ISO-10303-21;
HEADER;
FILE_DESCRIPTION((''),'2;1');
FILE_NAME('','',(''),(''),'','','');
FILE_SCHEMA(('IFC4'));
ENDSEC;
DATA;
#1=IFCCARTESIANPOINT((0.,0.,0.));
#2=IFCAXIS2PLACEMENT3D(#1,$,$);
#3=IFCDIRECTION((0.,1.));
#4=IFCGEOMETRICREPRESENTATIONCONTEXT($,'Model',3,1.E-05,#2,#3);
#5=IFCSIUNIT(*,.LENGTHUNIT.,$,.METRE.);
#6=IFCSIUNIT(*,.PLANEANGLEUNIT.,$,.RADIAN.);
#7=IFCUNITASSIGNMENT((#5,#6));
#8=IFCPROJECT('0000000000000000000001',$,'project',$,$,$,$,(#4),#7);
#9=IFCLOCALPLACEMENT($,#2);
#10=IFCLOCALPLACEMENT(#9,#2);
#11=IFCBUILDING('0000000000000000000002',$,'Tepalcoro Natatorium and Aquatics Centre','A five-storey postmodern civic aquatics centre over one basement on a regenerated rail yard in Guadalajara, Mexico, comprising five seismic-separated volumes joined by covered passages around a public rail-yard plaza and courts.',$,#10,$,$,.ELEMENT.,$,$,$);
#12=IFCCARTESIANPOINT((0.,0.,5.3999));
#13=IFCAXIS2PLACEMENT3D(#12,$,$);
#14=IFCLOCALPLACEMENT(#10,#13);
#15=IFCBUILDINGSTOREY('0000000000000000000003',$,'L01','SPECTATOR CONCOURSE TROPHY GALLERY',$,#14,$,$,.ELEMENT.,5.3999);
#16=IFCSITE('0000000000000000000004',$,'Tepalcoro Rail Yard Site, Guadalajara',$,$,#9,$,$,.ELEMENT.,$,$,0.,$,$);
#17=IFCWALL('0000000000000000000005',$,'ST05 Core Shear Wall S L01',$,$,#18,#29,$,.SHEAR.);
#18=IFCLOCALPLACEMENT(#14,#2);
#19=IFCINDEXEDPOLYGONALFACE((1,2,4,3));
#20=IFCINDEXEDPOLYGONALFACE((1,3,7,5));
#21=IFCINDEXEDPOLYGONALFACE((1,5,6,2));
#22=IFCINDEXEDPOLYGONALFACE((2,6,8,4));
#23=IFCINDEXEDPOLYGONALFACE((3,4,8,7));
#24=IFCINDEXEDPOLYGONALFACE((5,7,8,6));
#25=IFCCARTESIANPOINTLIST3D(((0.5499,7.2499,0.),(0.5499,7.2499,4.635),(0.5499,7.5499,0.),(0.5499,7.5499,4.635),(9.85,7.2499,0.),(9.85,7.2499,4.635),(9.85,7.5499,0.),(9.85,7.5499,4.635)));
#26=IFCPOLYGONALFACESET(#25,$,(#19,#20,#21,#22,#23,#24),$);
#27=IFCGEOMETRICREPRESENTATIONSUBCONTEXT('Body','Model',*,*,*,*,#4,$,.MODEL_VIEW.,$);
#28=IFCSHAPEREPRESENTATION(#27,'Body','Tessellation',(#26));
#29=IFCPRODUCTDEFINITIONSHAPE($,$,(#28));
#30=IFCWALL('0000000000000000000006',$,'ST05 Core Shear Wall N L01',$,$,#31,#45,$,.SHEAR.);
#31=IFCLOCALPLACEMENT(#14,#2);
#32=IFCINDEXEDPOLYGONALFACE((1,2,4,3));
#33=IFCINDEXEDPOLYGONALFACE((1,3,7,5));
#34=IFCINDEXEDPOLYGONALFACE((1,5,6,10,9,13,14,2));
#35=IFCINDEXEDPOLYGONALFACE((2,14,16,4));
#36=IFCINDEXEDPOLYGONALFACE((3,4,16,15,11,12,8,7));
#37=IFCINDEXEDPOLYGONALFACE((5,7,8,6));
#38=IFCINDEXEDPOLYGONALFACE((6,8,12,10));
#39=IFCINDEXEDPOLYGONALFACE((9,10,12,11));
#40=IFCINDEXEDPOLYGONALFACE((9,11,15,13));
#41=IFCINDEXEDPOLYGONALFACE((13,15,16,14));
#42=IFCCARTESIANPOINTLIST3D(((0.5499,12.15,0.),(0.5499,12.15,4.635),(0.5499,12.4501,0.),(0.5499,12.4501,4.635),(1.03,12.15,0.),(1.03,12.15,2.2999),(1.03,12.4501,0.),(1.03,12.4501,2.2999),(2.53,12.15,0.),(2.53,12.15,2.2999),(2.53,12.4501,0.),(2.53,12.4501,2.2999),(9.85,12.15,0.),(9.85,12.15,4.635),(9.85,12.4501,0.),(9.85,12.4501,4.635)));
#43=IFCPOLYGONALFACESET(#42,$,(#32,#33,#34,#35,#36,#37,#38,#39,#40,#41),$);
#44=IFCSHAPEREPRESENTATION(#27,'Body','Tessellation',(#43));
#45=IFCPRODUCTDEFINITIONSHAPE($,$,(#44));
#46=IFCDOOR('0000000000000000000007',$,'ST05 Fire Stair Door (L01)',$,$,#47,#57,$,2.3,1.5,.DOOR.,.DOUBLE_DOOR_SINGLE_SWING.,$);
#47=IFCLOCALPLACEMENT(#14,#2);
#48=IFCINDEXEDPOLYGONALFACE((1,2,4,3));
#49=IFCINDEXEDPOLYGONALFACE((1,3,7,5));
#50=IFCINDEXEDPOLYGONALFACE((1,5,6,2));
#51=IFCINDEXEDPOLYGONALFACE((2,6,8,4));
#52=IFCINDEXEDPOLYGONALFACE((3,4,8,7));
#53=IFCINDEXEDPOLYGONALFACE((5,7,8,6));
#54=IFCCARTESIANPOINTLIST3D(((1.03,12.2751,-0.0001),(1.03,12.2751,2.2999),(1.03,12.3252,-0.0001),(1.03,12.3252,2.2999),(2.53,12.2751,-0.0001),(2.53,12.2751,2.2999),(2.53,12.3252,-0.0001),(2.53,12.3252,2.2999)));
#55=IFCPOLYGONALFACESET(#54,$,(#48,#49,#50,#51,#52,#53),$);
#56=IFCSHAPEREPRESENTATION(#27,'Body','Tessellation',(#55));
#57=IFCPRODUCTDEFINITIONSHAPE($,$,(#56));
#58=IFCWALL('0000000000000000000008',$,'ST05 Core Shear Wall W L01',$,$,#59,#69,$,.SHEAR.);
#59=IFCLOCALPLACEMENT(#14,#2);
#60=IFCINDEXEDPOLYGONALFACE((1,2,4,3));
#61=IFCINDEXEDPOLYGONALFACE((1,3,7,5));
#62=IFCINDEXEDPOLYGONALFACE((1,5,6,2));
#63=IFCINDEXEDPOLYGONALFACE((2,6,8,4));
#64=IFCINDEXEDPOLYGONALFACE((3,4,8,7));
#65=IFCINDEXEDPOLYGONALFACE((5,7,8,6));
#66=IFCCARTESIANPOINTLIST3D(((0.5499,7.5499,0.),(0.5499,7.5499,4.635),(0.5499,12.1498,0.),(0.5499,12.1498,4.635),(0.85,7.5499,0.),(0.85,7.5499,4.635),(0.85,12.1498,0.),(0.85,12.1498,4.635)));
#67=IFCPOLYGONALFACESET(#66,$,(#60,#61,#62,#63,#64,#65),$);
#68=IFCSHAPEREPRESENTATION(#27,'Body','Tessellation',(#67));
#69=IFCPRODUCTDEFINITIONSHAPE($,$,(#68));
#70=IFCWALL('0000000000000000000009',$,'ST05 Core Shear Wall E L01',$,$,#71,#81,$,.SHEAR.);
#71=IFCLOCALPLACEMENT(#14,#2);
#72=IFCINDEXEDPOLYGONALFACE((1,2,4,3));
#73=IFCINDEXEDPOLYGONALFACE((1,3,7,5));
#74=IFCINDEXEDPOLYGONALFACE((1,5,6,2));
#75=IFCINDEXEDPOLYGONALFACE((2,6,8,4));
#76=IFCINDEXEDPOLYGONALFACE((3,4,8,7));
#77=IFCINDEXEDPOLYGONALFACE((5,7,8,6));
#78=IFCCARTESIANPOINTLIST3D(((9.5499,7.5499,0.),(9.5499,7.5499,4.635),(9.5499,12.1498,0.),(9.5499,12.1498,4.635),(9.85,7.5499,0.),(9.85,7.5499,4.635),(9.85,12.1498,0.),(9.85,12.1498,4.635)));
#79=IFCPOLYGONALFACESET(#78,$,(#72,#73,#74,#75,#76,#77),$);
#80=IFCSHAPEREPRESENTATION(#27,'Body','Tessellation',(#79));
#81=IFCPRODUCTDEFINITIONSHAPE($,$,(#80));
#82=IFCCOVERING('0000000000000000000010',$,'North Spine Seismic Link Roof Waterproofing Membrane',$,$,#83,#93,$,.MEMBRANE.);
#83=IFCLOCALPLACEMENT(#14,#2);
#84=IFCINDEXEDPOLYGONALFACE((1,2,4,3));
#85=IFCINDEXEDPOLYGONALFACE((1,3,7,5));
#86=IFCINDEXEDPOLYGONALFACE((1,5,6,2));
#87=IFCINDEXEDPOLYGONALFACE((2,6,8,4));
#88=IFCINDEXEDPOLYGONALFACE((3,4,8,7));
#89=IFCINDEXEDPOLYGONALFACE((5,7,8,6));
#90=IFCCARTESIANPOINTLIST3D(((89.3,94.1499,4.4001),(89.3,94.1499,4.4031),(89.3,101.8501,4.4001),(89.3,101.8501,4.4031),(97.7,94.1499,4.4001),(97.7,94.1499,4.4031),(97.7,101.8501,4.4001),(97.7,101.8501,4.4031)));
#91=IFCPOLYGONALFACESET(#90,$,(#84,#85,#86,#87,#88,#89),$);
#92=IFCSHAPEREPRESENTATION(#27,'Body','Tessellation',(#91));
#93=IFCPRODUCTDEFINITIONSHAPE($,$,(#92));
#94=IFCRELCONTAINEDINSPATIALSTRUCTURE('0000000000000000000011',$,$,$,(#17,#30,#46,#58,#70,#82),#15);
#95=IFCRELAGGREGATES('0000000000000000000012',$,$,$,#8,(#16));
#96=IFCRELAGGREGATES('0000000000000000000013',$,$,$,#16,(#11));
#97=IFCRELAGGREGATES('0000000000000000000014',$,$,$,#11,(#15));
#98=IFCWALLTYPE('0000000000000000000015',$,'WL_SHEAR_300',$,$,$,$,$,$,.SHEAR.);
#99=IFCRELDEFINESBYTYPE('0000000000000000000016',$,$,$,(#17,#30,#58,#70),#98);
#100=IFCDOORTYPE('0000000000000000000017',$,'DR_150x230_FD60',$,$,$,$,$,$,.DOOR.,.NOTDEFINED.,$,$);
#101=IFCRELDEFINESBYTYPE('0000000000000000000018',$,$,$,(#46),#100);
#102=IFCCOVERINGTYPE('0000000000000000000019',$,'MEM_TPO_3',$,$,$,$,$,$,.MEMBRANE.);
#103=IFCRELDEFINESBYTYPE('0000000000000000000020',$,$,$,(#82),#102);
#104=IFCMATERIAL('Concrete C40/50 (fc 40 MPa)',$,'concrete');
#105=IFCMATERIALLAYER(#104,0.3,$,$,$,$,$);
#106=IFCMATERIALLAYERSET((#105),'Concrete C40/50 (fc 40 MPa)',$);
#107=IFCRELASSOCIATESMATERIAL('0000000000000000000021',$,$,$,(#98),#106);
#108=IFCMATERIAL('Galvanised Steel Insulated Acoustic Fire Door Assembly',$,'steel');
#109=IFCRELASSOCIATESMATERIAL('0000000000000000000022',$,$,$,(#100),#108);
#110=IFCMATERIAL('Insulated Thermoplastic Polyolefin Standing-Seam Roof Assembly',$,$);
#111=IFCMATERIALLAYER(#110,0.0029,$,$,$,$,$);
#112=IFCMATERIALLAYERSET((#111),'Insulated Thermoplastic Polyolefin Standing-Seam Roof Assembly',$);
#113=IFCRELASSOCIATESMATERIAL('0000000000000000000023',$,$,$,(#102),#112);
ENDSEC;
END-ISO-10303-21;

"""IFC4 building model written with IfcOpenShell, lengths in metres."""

from ifc_helpers import new_model, si_unit, direction, frame, frame_2d, origin, place, context, subcontext, project, spatial, polyline, rectangle, outline, extrude, material, layer, layer_set, type_object, element, fill, save


model = new_model("IFC4")

# Units and contexts
model_context = context("Model", 3, precision=1e-05, world=origin(), true_north=direction((0.0, 1.0)))
body_context = subcontext(model_context, "Body", "Model", "MODEL_VIEW")
ifc_project = project(units=[si_unit("LENGTHUNIT", "METRE"), si_unit("PLANEANGLEUNIT", "RADIAN")], contexts=[model_context])

# Site, building, storey
site_placement = place(None, origin())
site = spatial("IfcSite", under=ifc_project, at=site_placement, Name="Tepalcoro Rail Yard Site, Guadalajara", CompositionType="ELEMENT", RefElevation=0.0)
building_placement = place(site_placement, origin())
building = spatial("IfcBuilding", under=site, at=building_placement, Name="Tepalcoro Natatorium and Aquatics Centre", Description="A five-storey postmodern civic aquatics centre over one basement on a regenerated rail yard in Guadalajara, Mexico, comprising five seismic-separated volumes joined by covered passages around a public rail-yard plaza and courts.", CompositionType="ELEMENT")
storey_placement = place(building_placement, frame((0.0, 0.0, 5.3999)))
storey = spatial("IfcBuildingStorey", under=building, at=storey_placement, Name="L01", Description="SPECTATOR CONCOURSE TROPHY GALLERY", CompositionType="ELEMENT", Elevation=5.3999)

# Wall
ifc_material_1 = material(Name="Concrete C40/50 (fc 40 MPa)", Category="concrete")
ifc_layer_1 = layer(ifc_material_1, 0.3)
ifc_layer_set_1 = layer_set([ifc_layer_1], Name="Concrete C40/50 (fc 40 MPa)")
wall_type_1 = type_object("IfcWallType", Name="WL_SHEAR_300", PredefinedType="SHEAR", material=ifc_layer_set_1)
wall_1_placement = place(storey_placement, frame((0.55, 7.3999, 0.0), z_axis=(0.0, 0.0, 1.0), x_axis=(1.0, 0.0, 0.0)))
element("IfcWall", 1, at=wall_1_placement, inside=storey, type_object=wall_type_1, Name="ST05 Core Shear Wall S L01", PredefinedType="SHEAR", context=body_context, shape_type="SweptSolid", body=[
    extrude(rectangle(XDim=9.3, YDim=0.3, at=frame_2d((4.6499, 0.0))), origin(), (0.0, 0.0, 1.0), 4.635),
])

# Wall, opening, door
wall_2_placement = place(storey_placement, frame((0.55, 12.3, 0.0), z_axis=(0.0, 0.0, 1.0), x_axis=(1.0, 0.0, 0.0)))
wall_2 = element("IfcWall", 2, at=wall_2_placement, inside=storey, type_object=wall_type_1, Name="ST05 Core Shear Wall N L01", PredefinedType="SHEAR", context=body_context, shape_type="SweptSolid", body=[
    extrude(rectangle(XDim=9.3, YDim=0.3, at=frame_2d((4.6499, 0.0))), origin(), (0.0, 0.0, 1.0), 4.635),
])
opening_1_placement = place(wall_2_placement, frame((0.48, 0.0, 0.0)))
opening_1 = element("IfcOpeningElement", 3, at=opening_1_placement, cuts=wall_2, PredefinedType="OPENING", context=body_context, shape_type="SweptSolid", body=[
    extrude(rectangle(XDim=1.5, YDim=2.3, at=frame_2d((0.75, 1.1499))), frame((0.0, 0.1621, 0.0), z_axis=(0.0, -1.0, 0.0), x_axis=(1.0, 0.0, 0.0)), (0.0, 0.0, 1.0), 0.324),
])
ifc_material_2 = material(Name="Galvanised Steel Insulated Acoustic Fire Door Assembly", Category="steel")
door_type = type_object("IfcDoorType", Name="DR_150x230_FD60", OperationType="NOTDEFINED", PredefinedType="DOOR", material=ifc_material_2)
door_placement = place(opening_1_placement, frame((1.5, 0.0, 0.0), z_axis=(0.0, 0.0, 1.0), x_axis=(-1.0, 0.0, 0.0)))
door = element("IfcDoor", 4, at=door_placement, inside=storey, type_object=door_type, Name="ST05 Fire Stair Door (L01)", OperationType="DOUBLE_DOOR_SINGLE_SWING", OverallHeight=2.3, OverallWidth=1.5, PredefinedType="DOOR", context=body_context, shape_type="SweptSolid", body=[
    extrude(rectangle(XDim=1.5, YDim=2.3, at=frame_2d((0.75, 1.1499))), frame((0.0, 0.0249, 0.0), z_axis=(0.0, -1.0, 0.0), x_axis=(1.0, 0.0, 0.0)), (0.0, 0.0, 1.0), 0.05),
])
fill(opening_1, door)

# Walls
for number, where, z_axis, x_axis, name in (
    (5, (0.7, 7.55, 0.0), (0.0, 0.0, 1.0), (0.0, 1.0, 0.0), "ST05 Core Shear Wall W L01"),
    (6, (9.7, 7.55, 0.0), (0.0, 0.0, 1.0), (0.0, 1.0, 0.0), "ST05 Core Shear Wall E L01"),
):
    element("IfcWall", number, at=place(storey_placement, frame(where, z_axis=z_axis, x_axis=x_axis)), inside=storey, type_object=wall_type_1, Name=name, PredefinedType="SHEAR", context=body_context, shape_type="SweptSolid", body=[
        extrude(rectangle(XDim=4.5999, YDim=0.3, at=frame_2d((2.2998, 0.0))), origin(), (0.0, 0.0, 1.0), 4.635),
    ])

# Covering
ifc_material_3 = material(Name="Insulated Thermoplastic Polyolefin Standing-Seam Roof Assembly")
ifc_layer_2 = layer(ifc_material_3, 0.0029)
ifc_layer_set_2 = layer_set([ifc_layer_2], Name="Insulated Thermoplastic Polyolefin Standing-Seam Roof Assembly")
covering_type = type_object("IfcCoveringType", Name="MEM_TPO_3", PredefinedType="MEMBRANE", material=ifc_layer_set_2)
covering_placement = place(storey_placement, frame((0.0, 0.0, 4.4001)))
element("IfcCovering", 7, at=covering_placement, inside=storey, type_object=covering_type, Name="North Spine Seismic Link Roof Waterproofing Membrane", PredefinedType="MEMBRANE", context=body_context, shape_type="SweptSolid", body=[
    extrude(outline(polyline([(89.3, 94.1499), (97.7, 94.1499), (97.7, 101.8501), (89.3, 101.8501), (89.3, 94.1499)])), origin(), (0.0, 0.0, 1.0), 0.0029),
])

save(model, "model.ifc")
